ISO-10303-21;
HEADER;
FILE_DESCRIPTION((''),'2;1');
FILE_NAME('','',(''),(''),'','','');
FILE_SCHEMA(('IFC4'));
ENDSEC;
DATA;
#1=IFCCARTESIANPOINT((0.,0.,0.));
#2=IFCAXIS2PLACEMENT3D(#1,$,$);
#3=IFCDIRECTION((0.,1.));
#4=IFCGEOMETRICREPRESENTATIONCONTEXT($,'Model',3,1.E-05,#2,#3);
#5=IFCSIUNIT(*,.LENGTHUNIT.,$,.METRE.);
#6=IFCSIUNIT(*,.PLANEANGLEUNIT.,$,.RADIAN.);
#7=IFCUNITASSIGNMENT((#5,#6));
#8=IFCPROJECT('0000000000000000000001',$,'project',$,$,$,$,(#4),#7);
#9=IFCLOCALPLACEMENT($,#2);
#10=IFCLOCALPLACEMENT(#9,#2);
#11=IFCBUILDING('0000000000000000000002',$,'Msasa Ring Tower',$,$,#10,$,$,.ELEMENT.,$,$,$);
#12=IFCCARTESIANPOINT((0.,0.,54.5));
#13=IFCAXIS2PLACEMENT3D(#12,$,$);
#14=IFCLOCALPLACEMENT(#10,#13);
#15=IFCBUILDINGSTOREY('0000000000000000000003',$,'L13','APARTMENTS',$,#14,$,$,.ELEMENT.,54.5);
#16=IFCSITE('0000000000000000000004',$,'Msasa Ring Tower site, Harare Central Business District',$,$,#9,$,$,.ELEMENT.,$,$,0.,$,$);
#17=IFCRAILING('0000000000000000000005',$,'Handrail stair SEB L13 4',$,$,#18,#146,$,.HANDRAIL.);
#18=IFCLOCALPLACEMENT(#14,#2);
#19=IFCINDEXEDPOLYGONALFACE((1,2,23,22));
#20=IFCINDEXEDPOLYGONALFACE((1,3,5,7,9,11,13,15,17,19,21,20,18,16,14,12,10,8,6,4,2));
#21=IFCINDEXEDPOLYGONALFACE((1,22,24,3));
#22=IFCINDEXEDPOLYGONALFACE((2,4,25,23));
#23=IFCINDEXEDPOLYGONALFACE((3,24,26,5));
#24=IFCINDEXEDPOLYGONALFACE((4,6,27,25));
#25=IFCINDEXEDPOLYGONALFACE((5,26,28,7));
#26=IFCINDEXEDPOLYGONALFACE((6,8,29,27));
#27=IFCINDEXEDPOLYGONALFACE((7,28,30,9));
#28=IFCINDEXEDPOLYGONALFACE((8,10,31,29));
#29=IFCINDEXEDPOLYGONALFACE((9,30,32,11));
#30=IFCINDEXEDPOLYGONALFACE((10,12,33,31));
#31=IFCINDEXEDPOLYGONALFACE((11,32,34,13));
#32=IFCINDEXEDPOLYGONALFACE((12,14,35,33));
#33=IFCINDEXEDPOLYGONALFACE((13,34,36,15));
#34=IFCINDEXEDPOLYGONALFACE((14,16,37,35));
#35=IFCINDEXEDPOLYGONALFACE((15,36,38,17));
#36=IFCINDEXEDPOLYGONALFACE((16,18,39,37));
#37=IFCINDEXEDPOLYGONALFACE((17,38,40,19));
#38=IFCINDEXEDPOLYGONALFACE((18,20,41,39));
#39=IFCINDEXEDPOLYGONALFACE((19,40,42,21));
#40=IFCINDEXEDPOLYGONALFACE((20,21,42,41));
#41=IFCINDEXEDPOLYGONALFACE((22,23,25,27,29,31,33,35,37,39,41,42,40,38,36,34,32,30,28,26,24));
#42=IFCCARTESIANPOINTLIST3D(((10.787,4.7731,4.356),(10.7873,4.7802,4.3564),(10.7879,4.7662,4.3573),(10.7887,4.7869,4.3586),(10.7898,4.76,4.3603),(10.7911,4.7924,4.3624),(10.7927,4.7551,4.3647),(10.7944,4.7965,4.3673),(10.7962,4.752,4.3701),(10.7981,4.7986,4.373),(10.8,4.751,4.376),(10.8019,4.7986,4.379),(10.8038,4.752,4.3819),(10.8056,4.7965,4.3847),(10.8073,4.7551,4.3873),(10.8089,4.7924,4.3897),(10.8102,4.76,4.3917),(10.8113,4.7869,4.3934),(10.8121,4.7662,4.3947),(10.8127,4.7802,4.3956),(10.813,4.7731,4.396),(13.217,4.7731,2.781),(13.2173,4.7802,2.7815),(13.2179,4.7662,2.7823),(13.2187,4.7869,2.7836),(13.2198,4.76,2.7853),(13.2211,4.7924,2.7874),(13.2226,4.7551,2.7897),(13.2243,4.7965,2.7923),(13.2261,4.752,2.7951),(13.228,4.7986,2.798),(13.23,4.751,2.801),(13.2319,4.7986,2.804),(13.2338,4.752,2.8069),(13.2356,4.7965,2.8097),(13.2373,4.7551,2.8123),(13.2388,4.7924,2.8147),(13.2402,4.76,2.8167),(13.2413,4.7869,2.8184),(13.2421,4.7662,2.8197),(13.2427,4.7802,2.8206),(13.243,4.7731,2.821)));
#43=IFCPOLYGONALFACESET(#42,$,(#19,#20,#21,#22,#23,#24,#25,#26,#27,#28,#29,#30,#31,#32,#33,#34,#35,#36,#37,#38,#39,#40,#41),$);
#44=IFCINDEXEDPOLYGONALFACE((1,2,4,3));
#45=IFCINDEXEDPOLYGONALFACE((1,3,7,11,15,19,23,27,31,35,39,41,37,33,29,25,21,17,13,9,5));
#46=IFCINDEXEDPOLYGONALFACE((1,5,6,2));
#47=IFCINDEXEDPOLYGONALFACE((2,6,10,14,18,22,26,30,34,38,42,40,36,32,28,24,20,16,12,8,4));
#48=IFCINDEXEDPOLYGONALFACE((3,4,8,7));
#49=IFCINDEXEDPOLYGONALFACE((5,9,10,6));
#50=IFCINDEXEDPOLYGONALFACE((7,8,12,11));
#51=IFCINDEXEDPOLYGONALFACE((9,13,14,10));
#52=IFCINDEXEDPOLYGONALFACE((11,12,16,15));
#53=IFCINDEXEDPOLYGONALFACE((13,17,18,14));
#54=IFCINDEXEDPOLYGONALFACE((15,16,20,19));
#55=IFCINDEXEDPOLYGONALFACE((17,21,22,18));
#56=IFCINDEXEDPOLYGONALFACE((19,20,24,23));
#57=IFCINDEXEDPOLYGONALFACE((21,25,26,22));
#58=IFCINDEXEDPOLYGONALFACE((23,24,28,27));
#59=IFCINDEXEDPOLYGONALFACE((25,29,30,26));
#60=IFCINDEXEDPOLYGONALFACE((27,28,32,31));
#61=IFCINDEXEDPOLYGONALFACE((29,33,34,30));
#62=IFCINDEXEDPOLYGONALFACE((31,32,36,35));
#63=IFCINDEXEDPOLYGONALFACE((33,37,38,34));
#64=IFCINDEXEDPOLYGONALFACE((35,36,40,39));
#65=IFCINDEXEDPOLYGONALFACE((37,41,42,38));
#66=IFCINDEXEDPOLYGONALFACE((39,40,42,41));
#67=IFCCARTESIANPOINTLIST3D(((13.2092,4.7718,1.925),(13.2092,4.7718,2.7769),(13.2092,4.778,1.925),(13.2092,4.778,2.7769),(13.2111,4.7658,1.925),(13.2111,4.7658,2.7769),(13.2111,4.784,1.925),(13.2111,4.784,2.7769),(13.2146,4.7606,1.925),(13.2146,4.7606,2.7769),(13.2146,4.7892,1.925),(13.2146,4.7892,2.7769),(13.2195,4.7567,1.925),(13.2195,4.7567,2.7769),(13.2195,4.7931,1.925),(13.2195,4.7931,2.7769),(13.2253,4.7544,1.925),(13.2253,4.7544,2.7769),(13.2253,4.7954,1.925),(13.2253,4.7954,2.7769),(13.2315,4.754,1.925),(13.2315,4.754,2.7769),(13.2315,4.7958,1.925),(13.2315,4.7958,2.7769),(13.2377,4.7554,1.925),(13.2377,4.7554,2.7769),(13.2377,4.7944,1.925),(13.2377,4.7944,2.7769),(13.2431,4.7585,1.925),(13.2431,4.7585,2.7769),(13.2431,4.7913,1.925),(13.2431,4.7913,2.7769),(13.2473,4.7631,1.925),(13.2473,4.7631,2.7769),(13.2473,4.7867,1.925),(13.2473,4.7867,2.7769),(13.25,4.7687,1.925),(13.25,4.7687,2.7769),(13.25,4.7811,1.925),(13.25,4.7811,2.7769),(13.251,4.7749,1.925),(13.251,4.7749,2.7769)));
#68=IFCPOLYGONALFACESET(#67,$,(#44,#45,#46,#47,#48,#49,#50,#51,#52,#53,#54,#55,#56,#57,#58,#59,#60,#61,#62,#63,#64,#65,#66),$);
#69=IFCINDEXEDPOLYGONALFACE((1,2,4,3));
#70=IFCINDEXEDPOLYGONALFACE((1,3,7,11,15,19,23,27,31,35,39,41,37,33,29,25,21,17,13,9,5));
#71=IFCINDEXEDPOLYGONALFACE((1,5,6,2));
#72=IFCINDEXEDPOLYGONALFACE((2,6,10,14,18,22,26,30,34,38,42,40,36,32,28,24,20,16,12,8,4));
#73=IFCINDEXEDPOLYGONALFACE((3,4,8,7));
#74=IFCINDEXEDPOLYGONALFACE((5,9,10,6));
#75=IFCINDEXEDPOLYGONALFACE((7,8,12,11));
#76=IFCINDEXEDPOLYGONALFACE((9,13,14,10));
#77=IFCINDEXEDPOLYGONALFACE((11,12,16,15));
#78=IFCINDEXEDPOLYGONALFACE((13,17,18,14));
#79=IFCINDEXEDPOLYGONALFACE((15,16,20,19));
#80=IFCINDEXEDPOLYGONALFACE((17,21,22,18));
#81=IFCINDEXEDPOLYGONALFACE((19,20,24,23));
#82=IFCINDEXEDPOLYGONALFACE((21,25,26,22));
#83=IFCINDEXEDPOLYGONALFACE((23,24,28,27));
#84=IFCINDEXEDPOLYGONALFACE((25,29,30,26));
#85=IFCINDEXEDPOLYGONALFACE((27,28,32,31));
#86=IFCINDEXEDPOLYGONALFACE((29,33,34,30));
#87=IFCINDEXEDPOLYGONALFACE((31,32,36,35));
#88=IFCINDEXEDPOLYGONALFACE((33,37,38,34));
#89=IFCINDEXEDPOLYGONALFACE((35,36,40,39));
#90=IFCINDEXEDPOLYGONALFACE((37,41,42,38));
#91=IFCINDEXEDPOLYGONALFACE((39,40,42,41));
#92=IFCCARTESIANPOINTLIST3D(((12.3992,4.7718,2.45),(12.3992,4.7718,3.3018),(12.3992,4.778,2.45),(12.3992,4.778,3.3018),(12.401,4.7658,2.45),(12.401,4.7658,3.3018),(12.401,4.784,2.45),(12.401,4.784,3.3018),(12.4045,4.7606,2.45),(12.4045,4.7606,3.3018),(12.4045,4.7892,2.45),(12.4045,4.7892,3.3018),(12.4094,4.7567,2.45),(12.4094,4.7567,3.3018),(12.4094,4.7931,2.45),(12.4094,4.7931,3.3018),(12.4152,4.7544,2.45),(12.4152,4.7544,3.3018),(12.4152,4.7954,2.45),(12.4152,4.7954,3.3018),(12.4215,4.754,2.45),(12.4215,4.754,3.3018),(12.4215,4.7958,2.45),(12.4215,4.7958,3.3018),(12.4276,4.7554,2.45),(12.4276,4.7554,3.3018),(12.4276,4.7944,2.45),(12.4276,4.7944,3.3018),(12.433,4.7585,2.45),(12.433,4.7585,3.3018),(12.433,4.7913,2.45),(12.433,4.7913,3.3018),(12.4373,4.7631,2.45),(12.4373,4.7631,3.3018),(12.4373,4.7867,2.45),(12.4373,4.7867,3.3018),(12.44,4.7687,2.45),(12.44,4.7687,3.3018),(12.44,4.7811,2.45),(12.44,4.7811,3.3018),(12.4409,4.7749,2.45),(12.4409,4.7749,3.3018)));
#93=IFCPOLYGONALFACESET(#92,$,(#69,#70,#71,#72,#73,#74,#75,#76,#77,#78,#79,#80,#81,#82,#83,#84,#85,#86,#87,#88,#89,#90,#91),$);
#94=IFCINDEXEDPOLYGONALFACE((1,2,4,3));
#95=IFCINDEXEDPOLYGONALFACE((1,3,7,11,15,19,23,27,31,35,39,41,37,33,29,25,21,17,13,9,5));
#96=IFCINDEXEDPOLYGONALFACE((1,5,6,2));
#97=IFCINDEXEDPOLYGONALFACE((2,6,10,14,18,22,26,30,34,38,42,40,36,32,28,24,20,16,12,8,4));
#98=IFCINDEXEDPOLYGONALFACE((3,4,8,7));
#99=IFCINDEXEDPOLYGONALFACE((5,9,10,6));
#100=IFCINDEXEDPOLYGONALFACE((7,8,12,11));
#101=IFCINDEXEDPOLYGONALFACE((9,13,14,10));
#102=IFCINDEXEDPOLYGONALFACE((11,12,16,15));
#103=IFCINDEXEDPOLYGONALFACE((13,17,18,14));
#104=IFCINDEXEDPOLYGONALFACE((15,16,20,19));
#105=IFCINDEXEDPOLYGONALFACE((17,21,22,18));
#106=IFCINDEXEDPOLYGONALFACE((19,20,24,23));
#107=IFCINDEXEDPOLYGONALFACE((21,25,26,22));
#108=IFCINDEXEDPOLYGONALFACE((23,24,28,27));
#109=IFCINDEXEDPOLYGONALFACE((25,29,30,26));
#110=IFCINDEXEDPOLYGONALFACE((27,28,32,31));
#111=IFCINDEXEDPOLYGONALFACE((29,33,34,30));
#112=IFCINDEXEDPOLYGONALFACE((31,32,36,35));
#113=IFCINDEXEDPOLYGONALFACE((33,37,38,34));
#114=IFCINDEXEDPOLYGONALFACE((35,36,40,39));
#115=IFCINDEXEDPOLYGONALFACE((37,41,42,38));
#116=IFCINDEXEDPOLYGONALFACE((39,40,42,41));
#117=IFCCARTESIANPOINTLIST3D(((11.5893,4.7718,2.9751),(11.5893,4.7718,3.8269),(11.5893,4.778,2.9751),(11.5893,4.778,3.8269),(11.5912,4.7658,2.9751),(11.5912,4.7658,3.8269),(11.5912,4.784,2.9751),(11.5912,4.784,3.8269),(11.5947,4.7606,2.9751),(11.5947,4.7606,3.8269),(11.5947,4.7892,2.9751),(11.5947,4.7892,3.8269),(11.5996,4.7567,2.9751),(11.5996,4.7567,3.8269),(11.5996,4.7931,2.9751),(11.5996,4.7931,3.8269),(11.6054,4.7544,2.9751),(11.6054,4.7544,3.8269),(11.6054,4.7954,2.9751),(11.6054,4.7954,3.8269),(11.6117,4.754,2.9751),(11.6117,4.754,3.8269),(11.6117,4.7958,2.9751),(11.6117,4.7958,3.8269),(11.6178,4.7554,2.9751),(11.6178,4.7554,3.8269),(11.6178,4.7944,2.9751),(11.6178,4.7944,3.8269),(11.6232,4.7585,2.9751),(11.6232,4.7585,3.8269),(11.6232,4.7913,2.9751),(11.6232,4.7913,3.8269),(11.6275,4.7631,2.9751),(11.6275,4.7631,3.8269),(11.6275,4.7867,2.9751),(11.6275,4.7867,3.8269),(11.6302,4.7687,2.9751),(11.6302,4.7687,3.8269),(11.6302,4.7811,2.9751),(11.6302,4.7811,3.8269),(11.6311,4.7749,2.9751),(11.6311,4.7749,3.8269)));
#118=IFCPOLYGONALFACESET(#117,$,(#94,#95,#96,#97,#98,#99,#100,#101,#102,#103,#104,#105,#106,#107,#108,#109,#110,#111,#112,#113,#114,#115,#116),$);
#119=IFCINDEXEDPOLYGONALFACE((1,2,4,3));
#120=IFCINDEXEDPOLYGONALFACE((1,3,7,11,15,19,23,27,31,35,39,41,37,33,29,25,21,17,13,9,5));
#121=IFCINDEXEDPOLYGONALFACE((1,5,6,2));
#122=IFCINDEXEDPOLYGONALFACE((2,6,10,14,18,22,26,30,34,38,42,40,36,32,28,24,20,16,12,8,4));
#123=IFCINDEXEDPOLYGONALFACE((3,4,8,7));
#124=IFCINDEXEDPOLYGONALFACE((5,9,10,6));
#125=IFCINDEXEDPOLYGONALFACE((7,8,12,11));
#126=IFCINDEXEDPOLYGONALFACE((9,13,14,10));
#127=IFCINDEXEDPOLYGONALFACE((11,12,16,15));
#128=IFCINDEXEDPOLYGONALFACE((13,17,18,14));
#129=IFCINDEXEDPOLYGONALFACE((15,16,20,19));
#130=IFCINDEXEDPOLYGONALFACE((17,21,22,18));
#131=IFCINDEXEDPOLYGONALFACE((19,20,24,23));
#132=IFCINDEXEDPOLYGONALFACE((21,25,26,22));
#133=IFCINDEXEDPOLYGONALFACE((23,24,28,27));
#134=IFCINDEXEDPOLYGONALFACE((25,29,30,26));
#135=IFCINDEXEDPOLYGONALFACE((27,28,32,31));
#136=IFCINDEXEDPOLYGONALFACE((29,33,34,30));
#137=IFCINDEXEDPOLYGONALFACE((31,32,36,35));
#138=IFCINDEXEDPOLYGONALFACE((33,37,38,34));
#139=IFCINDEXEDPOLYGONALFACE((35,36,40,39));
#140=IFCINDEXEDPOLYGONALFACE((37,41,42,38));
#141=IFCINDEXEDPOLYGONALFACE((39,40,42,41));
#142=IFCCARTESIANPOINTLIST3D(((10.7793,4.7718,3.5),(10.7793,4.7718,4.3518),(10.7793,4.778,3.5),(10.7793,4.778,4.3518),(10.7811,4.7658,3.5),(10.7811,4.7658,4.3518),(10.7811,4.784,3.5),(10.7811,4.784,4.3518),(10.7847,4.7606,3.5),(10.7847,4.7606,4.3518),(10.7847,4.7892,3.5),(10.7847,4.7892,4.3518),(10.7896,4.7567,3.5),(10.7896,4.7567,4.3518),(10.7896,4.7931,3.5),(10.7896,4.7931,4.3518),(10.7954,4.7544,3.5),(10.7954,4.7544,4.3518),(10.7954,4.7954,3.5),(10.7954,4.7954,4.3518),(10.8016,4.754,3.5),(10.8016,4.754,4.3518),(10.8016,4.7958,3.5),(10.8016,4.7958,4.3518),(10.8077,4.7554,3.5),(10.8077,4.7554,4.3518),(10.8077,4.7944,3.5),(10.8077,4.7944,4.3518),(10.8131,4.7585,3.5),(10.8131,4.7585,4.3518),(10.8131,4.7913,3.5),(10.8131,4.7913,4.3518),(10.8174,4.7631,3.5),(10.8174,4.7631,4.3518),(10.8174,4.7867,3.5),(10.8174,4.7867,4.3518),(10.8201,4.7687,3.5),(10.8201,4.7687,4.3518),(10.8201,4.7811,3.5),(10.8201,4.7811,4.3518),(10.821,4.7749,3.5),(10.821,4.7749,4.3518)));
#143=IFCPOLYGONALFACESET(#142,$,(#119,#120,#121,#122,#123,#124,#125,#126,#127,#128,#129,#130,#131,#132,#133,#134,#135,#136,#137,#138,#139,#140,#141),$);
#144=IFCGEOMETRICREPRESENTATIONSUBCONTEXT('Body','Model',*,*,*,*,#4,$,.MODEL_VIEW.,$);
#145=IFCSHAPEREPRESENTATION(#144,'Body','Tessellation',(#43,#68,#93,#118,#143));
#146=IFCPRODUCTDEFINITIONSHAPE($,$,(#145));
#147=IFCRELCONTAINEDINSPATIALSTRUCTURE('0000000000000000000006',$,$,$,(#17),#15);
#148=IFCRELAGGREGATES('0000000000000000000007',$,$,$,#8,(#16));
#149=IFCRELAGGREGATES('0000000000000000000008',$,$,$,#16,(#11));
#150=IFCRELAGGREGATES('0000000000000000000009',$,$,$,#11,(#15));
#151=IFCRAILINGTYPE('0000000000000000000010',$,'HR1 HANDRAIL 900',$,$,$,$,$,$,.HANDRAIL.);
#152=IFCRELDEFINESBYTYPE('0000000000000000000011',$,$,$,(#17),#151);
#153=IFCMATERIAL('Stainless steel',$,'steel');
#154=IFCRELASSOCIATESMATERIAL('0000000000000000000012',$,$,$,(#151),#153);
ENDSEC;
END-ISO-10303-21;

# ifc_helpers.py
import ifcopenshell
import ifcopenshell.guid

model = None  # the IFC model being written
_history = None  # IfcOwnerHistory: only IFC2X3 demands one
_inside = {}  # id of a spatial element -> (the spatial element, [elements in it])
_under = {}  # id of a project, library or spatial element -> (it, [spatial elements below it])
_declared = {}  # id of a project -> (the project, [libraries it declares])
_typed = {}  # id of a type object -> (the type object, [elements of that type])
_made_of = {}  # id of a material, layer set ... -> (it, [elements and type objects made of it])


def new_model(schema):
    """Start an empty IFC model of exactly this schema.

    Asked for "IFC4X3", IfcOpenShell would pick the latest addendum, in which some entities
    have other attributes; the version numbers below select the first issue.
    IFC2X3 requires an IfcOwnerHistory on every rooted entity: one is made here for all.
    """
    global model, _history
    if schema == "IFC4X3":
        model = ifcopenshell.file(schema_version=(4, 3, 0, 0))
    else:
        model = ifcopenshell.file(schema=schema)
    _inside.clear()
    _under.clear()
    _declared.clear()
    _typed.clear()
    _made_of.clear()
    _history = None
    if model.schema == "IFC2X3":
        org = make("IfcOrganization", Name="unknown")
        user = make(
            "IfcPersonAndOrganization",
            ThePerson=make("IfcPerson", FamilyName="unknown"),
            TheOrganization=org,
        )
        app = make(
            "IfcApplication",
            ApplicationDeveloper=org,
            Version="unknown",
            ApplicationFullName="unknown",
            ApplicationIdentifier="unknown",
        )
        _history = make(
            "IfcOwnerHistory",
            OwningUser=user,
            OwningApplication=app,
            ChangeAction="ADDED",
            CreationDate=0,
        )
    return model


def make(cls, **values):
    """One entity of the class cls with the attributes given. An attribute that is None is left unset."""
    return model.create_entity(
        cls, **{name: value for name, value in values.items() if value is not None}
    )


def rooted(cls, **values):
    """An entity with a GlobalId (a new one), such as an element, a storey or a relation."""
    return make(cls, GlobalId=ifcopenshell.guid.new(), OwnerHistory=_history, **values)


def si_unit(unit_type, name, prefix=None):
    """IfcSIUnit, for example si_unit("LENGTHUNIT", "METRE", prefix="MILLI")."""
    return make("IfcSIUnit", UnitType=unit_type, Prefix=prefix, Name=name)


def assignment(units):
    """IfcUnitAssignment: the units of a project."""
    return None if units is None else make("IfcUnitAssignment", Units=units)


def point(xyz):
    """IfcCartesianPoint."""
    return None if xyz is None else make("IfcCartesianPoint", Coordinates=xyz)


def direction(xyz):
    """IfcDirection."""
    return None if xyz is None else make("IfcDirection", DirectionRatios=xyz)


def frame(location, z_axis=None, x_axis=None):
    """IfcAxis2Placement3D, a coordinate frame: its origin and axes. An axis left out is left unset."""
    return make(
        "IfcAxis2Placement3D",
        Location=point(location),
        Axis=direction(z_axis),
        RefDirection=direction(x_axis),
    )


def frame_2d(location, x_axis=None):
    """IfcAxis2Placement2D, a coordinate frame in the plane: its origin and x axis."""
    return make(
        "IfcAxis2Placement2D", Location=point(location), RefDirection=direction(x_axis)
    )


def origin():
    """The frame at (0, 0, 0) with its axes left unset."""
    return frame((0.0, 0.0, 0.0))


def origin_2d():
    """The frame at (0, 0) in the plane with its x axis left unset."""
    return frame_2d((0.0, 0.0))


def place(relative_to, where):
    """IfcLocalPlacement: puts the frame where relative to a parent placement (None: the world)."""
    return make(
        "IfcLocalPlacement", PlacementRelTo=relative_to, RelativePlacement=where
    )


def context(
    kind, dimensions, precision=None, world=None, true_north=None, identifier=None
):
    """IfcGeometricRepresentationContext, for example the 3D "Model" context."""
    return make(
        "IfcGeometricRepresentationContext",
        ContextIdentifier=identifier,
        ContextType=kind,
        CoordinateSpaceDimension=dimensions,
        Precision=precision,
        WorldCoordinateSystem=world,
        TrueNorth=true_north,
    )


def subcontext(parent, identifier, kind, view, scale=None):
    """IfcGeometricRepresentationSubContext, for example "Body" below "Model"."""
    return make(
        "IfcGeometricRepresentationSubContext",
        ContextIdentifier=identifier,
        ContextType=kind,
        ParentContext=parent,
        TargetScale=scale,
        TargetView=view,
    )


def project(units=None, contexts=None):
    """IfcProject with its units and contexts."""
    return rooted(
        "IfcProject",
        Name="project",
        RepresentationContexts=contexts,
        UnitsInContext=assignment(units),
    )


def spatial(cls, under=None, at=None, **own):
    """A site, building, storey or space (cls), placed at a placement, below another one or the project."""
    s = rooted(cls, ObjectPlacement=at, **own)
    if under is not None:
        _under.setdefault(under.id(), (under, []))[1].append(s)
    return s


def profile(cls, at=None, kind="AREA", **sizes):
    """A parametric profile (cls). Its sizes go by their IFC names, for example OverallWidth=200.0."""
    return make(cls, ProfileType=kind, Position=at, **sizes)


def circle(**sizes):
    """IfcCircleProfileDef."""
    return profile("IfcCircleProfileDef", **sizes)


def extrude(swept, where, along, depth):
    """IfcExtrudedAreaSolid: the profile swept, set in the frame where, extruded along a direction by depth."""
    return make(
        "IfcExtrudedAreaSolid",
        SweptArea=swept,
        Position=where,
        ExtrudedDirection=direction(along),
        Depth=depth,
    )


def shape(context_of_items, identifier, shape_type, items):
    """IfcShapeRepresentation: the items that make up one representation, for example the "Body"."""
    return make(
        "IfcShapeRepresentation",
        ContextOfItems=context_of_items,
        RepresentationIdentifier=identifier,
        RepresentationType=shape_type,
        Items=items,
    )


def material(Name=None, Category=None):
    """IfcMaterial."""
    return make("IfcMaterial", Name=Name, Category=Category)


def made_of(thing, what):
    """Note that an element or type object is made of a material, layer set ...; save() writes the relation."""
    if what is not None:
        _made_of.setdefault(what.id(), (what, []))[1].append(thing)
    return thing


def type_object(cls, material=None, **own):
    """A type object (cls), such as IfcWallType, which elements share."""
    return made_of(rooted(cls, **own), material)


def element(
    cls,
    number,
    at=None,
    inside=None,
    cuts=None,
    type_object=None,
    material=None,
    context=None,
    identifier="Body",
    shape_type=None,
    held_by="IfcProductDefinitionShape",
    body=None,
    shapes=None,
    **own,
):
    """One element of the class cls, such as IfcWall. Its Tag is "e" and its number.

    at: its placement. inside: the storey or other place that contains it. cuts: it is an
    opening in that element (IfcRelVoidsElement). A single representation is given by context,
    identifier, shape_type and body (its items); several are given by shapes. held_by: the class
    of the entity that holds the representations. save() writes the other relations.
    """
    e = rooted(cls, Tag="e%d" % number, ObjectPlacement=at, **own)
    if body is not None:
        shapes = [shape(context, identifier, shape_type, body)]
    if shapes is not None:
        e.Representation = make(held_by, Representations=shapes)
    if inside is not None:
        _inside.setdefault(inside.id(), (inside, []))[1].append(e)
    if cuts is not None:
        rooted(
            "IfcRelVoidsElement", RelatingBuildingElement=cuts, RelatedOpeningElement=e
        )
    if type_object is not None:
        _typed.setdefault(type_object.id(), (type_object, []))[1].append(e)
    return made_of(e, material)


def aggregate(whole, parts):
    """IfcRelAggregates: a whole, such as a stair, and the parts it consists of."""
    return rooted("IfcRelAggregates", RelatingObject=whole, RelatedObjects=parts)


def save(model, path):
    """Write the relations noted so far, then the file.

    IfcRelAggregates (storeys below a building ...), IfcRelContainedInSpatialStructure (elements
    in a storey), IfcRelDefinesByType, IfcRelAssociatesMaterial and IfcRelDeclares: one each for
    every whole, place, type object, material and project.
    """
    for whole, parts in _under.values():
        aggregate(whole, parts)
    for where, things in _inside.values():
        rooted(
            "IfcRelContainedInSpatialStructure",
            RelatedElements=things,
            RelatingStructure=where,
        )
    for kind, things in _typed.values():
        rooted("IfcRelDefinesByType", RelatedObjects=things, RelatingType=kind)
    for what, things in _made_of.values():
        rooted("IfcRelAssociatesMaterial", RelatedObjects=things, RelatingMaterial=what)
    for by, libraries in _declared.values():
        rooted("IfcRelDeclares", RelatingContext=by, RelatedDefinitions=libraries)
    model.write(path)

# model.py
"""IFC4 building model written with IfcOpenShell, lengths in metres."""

from ifc_helpers import new_model, si_unit, direction, frame, origin, origin_2d, place, context, subcontext, project, spatial, circle, extrude, material, type_object, element, save


model = new_model("IFC4")

# Units and contexts
model_context = context("Model", 3, precision=1e-05, world=origin(), true_north=direction((0.0, 1.0)))
body_context = subcontext(model_context, "Body", "Model", "MODEL_VIEW")
ifc_project = project(units=[si_unit("LENGTHUNIT", "METRE"), si_unit("PLANEANGLEUNIT", "RADIAN")], contexts=[model_context])

# Site, building, storey
site_placement = place(None, origin())
site = spatial("IfcSite", under=ifc_project, at=site_placement, Name="Msasa Ring Tower site, Harare Central Business District", CompositionType="ELEMENT", RefElevation=0.0)
building_placement = place(site_placement, origin())
building = spatial("IfcBuilding", under=site, at=building_placement, Name="Msasa Ring Tower", CompositionType="ELEMENT")
storey_placement = place(building_placement, frame((0.0, 0.0, 54.5)))
storey = spatial("IfcBuildingStorey", under=building, at=storey_placement, Name="L13", Description="APARTMENTS", CompositionType="ELEMENT", Elevation=54.5)

# Railing
ifc_material_1 = material(Name="Stainless steel", Category="steel")
railing_type = type_object("IfcRailingType", Name="HR1 HANDRAIL 900", PredefinedType="HANDRAIL", material=ifc_material_1)
for number, where, name in (
    (1, (13.23, 4.7749, 1.925), "Handrail stair SEB L13 4"),
):
    element("IfcRailing", number, at=place(storey_placement, frame(where)), inside=storey, type_object=railing_type, Name=name, PredefinedType="HANDRAIL", context=body_context, shape_type="SweptSolid", body=[
        extrude(circle(Radius=0.0239, at=origin_2d()), frame((0.0, 0.0, 0.876), z_axis=(-0.839154, 0.0, 0.543894), x_axis=(0.0, -1.0, 0.0)), (0.0, 0.0, 1.0), 2.8958),
        extrude(circle(Radius=0.021, at=origin_2d()), origin(), (0.0, 0.0, 1.0), 0.8518),
        extrude(circle(Radius=0.021, at=origin_2d()), frame((-0.8101, 0.0, 0.5249)), (0.0, 0.0, 1.0), 0.8518),
        extrude(circle(Radius=0.021, at=origin_2d()), frame((-1.6199, 0.0, 1.05)), (0.0, 0.0, 1.0), 0.8518),
        extrude(circle(Radius=0.021, at=origin_2d()), frame((-2.4299, 0.0, 1.575)), (0.0, 0.0, 1.0), 0.8518),
    ])

save(model, "model.ifc")
